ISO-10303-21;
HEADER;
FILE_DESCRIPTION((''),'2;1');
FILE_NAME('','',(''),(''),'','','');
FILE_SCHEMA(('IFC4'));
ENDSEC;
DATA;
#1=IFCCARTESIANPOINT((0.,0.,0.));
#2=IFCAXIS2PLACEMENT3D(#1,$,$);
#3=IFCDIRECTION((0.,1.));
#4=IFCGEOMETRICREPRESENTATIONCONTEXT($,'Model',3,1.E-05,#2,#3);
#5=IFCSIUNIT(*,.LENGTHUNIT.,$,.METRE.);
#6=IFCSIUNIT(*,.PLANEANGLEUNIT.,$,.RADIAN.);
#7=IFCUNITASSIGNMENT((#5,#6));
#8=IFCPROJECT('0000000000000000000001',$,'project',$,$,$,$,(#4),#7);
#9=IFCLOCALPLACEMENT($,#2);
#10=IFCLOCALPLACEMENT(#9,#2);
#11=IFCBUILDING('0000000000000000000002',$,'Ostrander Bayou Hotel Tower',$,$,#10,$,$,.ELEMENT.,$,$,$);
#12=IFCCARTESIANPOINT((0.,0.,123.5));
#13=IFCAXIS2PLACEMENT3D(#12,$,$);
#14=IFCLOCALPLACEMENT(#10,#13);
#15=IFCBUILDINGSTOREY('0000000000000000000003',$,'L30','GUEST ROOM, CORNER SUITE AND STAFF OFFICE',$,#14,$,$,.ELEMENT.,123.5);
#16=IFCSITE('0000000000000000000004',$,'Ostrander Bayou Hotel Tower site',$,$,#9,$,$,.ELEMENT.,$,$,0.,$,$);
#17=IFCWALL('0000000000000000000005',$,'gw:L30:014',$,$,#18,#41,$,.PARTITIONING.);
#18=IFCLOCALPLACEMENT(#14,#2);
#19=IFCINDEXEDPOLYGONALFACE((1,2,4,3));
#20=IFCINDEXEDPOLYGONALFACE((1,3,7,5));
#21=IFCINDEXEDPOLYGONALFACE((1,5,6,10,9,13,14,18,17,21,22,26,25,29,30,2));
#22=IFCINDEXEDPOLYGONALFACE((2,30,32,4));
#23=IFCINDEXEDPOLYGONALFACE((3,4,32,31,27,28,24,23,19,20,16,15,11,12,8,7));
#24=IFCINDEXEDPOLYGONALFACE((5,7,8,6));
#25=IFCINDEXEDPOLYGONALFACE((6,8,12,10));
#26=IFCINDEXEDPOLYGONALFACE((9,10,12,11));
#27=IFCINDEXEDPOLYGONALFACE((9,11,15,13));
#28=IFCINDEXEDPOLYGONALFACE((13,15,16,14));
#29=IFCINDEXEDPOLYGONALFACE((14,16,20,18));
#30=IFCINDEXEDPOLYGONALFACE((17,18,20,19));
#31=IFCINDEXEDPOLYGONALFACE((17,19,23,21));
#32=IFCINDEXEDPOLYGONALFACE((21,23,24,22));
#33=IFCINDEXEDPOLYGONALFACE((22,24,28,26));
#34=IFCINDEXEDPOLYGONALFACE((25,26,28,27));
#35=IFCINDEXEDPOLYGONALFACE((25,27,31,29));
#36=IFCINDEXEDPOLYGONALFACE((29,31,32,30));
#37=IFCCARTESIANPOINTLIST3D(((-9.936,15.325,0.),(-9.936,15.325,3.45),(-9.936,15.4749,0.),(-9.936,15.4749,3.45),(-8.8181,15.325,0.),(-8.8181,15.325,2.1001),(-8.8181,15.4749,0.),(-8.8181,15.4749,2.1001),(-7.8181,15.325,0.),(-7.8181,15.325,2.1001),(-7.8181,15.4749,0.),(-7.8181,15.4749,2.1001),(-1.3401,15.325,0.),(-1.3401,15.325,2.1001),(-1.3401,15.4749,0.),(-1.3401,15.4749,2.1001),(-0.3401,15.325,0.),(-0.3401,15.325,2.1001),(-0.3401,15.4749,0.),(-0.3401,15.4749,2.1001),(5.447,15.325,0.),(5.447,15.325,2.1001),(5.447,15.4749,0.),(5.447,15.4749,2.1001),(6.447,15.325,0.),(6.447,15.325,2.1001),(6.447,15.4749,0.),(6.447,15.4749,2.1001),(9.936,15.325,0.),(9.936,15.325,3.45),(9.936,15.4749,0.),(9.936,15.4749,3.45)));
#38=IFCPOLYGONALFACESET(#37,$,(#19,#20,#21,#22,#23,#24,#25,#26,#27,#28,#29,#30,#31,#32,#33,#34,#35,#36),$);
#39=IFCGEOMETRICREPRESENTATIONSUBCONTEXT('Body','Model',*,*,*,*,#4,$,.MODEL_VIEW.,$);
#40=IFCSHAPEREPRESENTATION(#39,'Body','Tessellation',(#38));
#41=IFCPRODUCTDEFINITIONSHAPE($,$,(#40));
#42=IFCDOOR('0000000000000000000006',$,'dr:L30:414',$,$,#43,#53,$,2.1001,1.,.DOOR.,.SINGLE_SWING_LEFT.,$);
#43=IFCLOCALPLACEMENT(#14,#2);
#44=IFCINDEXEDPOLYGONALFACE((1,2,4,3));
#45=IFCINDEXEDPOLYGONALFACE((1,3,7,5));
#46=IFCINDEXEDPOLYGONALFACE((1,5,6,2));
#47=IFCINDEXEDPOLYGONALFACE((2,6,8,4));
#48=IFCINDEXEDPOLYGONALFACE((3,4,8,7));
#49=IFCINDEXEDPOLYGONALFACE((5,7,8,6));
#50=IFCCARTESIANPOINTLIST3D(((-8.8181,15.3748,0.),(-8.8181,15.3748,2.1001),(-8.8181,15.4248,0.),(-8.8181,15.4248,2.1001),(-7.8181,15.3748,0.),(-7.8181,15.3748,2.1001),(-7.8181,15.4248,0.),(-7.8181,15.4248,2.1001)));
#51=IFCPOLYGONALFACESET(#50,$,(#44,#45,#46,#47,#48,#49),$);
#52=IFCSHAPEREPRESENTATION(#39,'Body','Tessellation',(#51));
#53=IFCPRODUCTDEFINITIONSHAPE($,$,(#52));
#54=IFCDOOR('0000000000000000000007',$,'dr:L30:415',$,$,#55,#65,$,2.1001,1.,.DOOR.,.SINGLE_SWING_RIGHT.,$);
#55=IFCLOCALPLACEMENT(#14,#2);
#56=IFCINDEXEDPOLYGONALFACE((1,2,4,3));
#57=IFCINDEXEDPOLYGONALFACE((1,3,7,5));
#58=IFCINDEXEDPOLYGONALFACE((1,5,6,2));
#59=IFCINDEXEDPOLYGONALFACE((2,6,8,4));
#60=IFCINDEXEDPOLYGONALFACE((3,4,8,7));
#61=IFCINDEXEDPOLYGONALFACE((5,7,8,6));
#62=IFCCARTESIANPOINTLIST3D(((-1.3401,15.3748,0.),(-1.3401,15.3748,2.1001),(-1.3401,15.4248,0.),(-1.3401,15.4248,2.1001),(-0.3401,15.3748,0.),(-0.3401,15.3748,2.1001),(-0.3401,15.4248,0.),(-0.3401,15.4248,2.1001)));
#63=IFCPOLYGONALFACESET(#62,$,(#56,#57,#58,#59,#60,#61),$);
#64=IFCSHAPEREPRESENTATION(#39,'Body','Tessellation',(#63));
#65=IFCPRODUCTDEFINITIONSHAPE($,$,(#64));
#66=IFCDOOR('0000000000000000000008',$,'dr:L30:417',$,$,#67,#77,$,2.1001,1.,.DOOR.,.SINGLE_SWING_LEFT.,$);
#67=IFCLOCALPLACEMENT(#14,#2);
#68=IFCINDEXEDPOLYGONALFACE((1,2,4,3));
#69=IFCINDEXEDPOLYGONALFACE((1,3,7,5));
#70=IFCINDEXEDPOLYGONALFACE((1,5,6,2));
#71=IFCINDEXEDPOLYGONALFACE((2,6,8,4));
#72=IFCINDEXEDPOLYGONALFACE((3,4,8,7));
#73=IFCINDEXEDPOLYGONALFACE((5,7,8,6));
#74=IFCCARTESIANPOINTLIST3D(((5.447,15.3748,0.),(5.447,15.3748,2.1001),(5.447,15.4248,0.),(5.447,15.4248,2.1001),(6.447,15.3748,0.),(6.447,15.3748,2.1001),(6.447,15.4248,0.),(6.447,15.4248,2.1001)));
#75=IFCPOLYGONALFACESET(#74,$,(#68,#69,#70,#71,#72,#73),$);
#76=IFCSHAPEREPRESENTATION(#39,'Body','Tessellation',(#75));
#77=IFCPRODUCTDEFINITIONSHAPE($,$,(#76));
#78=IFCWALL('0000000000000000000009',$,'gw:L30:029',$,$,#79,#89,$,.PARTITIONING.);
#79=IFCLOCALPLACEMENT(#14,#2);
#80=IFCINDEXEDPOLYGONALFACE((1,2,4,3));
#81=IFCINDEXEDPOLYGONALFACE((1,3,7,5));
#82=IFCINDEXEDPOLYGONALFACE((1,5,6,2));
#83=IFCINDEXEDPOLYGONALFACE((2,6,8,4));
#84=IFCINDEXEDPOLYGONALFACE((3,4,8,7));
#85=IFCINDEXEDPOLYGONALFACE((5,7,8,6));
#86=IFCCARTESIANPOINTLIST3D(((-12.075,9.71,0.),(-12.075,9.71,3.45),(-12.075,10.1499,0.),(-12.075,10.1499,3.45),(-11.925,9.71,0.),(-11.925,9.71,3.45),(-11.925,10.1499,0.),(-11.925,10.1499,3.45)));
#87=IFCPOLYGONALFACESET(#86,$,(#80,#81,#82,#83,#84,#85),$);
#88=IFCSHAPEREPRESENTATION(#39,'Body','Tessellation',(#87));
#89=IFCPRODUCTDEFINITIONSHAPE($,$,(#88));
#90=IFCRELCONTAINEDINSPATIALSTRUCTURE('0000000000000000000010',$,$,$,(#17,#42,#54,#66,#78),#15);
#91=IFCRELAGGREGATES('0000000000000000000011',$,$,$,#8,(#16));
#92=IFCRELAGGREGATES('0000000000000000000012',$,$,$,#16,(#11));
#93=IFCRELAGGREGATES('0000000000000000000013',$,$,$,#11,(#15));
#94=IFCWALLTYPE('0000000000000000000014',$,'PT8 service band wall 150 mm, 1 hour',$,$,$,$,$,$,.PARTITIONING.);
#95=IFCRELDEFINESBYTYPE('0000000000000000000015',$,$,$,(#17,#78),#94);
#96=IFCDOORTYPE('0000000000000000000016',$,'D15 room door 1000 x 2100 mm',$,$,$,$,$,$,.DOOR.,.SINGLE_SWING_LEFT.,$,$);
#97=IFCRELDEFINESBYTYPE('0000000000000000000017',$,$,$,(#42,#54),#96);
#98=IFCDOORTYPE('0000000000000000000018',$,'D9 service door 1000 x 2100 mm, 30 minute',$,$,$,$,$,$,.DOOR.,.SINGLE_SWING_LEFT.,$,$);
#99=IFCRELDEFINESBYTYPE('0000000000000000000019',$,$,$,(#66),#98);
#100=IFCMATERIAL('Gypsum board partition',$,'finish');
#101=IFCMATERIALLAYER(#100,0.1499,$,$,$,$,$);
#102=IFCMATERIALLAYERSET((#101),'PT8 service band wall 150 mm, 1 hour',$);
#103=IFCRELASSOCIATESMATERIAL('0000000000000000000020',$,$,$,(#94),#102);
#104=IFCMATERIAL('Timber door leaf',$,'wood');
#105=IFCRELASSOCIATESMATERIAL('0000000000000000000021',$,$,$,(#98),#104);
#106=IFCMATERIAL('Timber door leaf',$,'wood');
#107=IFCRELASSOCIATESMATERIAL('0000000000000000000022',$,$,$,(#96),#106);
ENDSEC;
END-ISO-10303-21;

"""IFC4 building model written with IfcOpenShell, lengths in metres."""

from ifc_helpers import new_model, si_unit, direction, frame, frame_2d, origin, place, context, subcontext, project, spatial, rectangle, extrude, material, layer, layer_set, type_object, element, fill, save


model = new_model("IFC4")

# Units and contexts
model_context = context("Model", 3, precision=1e-05, world=origin(), true_north=direction((0.0, 1.0)))
body_context = subcontext(model_context, "Body", "Model", "MODEL_VIEW")
ifc_project = project(units=[si_unit("LENGTHUNIT", "METRE"), si_unit("PLANEANGLEUNIT", "RADIAN")], contexts=[model_context])

# Site, building, storey
site_placement = place(None, origin())
site = spatial("IfcSite", under=ifc_project, at=site_placement, Name="Ostrander Bayou Hotel Tower site", CompositionType="ELEMENT", RefElevation=0.0)
building_placement = place(site_placement, origin())
building = spatial("IfcBuilding", under=site, at=building_placement, Name="Ostrander Bayou Hotel Tower", CompositionType="ELEMENT")
storey_placement = place(building_placement, frame((0.0, 0.0, 123.5)))
storey = spatial("IfcBuildingStorey", under=building, at=storey_placement, Name="L30", Description="GUEST ROOM, CORNER SUITE AND STAFF OFFICE", CompositionType="ELEMENT", Elevation=123.5)

# Shared definitions
ifc_material_1 = material(Name="Gypsum board partition", Category="finish")
ifc_layer_1 = layer(ifc_material_1, 0.1499)
ifc_layer_set_1 = layer_set([ifc_layer_1], Name="PT8 service band wall 150 mm, 1 hour")
wall_type_1 = type_object("IfcWallType", Name="PT8 service band wall 150 mm, 1 hour", PredefinedType="PARTITIONING", material=ifc_layer_set_1)

# Shared definitions
ifc_material_2 = material(Name="Timber door leaf", Category="wood")
door_type_1 = type_object("IfcDoorType", Name="D9 service door 1000 x 2100 mm, 30 minute", OperationType="SINGLE_SWING_LEFT", PredefinedType="DOOR", material=ifc_material_2)

# Wall, openings, doors
wall_1_placement = place(storey_placement, frame((-9.936, 15.3999, 0.0), z_axis=(0.0, 0.0, 1.0), x_axis=(1.0, 0.0, 0.0)))
wall_1 = element("IfcWall", 1, at=wall_1_placement, inside=storey, type_object=wall_type_1, Name="gw:L30:014", PredefinedType="PARTITIONING", context=body_context, shape_type="SweptSolid", body=[
    extrude(rectangle(XDim=19.8721, YDim=0.1499, at=frame_2d((9.936, 0.0))), origin(), (0.0, 0.0, 1.0), 3.45),
])
opening_1_placement = place(wall_1_placement, frame((1.1179, 0.0, 0.0)))
opening_1 = element("IfcOpeningElement", 2, at=opening_1_placement, cuts=wall_1, PredefinedType="OPENING", context=body_context, shape_type="SweptSolid", body=[
    extrude(rectangle(XDim=1.0, YDim=2.1001, at=frame_2d((0.5, 1.05))), frame((0.0, 0.075, 0.0), z_axis=(0.0, -1.0, 0.0), x_axis=(1.0, 0.0, 0.0)), (0.0, 0.0, 1.0), 0.1499),
])
opening_2_placement = place(wall_1_placement, frame((8.5959, 0.0, 0.0)))
opening_2 = element("IfcOpeningElement", 3, at=opening_2_placement, cuts=wall_1, PredefinedType="OPENING", context=body_context, shape_type="SweptSolid", body=[
    extrude(rectangle(XDim=1.0, YDim=2.1001, at=frame_2d((0.5, 1.05))), frame((0.0, 0.075, 0.0), z_axis=(0.0, -1.0, 0.0), x_axis=(1.0, 0.0, 0.0)), (0.0, 0.0, 1.0), 0.1499),
])
opening_3_placement = place(wall_1_placement, frame((15.3831, 0.0, 0.0)))
opening_3 = element("IfcOpeningElement", 4, at=opening_3_placement, cuts=wall_1, PredefinedType="OPENING", context=body_context, shape_type="SweptSolid", body=[
    extrude(rectangle(XDim=1.0, YDim=2.1001, at=frame_2d((0.5, 1.05))), frame((0.0, 0.075, 0.0), z_axis=(0.0, -1.0, 0.0), x_axis=(1.0, 0.0, 0.0)), (0.0, 0.0, 1.0), 0.1499),
])
ifc_material_3 = material(Name="Timber door leaf", Category="wood")
door_type_2 = type_object("IfcDoorType", Name="D15 room door 1000 x 2100 mm", OperationType="SINGLE_SWING_LEFT", PredefinedType="DOOR", material=ifc_material_3)
door_1_placement = place(opening_1_placement, origin())
door_1 = element("IfcDoor", 5, at=door_1_placement, inside=storey, type_object=door_type_2, Name="dr:L30:414", OperationType="SINGLE_SWING_LEFT", OverallHeight=2.1001, OverallWidth=1.0, PredefinedType="DOOR", context=body_context, shape_type="SweptSolid", body=[
    extrude(rectangle(XDim=1.0, YDim=2.1001, at=frame_2d((0.5, 1.05))), frame((0.0, 0.0249, 0.0), z_axis=(0.0, -1.0, 0.0), x_axis=(1.0, 0.0, 0.0)), (0.0, 0.0, 1.0), 0.05),
])
fill(opening_1, door_1)
door_2_placement = place(opening_2_placement, origin())
door_2 = element("IfcDoor", 6, at=door_2_placement, inside=storey, type_object=door_type_2, Name="dr:L30:415", OperationType="SINGLE_SWING_RIGHT", OverallHeight=2.1001, OverallWidth=1.0, PredefinedType="DOOR", context=body_context, shape_type="SweptSolid", body=[
    extrude(rectangle(XDim=1.0, YDim=2.1001, at=frame_2d((0.5, 1.05))), frame((0.0, 0.0249, 0.0), z_axis=(0.0, -1.0, 0.0), x_axis=(1.0, 0.0, 0.0)), (0.0, 0.0, 1.0), 0.05),
])
fill(opening_2, door_2)
door_3_placement = place(opening_3_placement, origin())
door_3 = element("IfcDoor", 7, at=door_3_placement, inside=storey, type_object=door_type_1, Name="dr:L30:417", OperationType="SINGLE_SWING_LEFT", OverallHeight=2.1001, OverallWidth=1.0, PredefinedType="DOOR", context=body_context, shape_type="SweptSolid", body=[
    extrude(rectangle(XDim=1.0, YDim=2.1001, at=frame_2d((0.5, 1.05))), frame((0.0, 0.0249, 0.0), z_axis=(0.0, -1.0, 0.0), x_axis=(1.0, 0.0, 0.0)), (0.0, 0.0, 1.0), 0.05),
])
fill(opening_3, door_3)

# Wall
wall_2_placement = place(storey_placement, frame((-12.0, 9.71, 0.0), z_axis=(0.0, 0.0, 1.0), x_axis=(0.0, 1.0, 0.0)))
element("IfcWall", 8, at=wall_2_placement, inside=storey, type_object=wall_type_1, Name="gw:L30:029", PredefinedType="PARTITIONING", context=body_context, shape_type="SweptSolid", body=[
    extrude(rectangle(XDim=0.4399, YDim=0.1499, at=frame_2d((0.22, 0.0))), origin(), (0.0, 0.0, 1.0), 3.45),
])

save(model, "model.ifc")
